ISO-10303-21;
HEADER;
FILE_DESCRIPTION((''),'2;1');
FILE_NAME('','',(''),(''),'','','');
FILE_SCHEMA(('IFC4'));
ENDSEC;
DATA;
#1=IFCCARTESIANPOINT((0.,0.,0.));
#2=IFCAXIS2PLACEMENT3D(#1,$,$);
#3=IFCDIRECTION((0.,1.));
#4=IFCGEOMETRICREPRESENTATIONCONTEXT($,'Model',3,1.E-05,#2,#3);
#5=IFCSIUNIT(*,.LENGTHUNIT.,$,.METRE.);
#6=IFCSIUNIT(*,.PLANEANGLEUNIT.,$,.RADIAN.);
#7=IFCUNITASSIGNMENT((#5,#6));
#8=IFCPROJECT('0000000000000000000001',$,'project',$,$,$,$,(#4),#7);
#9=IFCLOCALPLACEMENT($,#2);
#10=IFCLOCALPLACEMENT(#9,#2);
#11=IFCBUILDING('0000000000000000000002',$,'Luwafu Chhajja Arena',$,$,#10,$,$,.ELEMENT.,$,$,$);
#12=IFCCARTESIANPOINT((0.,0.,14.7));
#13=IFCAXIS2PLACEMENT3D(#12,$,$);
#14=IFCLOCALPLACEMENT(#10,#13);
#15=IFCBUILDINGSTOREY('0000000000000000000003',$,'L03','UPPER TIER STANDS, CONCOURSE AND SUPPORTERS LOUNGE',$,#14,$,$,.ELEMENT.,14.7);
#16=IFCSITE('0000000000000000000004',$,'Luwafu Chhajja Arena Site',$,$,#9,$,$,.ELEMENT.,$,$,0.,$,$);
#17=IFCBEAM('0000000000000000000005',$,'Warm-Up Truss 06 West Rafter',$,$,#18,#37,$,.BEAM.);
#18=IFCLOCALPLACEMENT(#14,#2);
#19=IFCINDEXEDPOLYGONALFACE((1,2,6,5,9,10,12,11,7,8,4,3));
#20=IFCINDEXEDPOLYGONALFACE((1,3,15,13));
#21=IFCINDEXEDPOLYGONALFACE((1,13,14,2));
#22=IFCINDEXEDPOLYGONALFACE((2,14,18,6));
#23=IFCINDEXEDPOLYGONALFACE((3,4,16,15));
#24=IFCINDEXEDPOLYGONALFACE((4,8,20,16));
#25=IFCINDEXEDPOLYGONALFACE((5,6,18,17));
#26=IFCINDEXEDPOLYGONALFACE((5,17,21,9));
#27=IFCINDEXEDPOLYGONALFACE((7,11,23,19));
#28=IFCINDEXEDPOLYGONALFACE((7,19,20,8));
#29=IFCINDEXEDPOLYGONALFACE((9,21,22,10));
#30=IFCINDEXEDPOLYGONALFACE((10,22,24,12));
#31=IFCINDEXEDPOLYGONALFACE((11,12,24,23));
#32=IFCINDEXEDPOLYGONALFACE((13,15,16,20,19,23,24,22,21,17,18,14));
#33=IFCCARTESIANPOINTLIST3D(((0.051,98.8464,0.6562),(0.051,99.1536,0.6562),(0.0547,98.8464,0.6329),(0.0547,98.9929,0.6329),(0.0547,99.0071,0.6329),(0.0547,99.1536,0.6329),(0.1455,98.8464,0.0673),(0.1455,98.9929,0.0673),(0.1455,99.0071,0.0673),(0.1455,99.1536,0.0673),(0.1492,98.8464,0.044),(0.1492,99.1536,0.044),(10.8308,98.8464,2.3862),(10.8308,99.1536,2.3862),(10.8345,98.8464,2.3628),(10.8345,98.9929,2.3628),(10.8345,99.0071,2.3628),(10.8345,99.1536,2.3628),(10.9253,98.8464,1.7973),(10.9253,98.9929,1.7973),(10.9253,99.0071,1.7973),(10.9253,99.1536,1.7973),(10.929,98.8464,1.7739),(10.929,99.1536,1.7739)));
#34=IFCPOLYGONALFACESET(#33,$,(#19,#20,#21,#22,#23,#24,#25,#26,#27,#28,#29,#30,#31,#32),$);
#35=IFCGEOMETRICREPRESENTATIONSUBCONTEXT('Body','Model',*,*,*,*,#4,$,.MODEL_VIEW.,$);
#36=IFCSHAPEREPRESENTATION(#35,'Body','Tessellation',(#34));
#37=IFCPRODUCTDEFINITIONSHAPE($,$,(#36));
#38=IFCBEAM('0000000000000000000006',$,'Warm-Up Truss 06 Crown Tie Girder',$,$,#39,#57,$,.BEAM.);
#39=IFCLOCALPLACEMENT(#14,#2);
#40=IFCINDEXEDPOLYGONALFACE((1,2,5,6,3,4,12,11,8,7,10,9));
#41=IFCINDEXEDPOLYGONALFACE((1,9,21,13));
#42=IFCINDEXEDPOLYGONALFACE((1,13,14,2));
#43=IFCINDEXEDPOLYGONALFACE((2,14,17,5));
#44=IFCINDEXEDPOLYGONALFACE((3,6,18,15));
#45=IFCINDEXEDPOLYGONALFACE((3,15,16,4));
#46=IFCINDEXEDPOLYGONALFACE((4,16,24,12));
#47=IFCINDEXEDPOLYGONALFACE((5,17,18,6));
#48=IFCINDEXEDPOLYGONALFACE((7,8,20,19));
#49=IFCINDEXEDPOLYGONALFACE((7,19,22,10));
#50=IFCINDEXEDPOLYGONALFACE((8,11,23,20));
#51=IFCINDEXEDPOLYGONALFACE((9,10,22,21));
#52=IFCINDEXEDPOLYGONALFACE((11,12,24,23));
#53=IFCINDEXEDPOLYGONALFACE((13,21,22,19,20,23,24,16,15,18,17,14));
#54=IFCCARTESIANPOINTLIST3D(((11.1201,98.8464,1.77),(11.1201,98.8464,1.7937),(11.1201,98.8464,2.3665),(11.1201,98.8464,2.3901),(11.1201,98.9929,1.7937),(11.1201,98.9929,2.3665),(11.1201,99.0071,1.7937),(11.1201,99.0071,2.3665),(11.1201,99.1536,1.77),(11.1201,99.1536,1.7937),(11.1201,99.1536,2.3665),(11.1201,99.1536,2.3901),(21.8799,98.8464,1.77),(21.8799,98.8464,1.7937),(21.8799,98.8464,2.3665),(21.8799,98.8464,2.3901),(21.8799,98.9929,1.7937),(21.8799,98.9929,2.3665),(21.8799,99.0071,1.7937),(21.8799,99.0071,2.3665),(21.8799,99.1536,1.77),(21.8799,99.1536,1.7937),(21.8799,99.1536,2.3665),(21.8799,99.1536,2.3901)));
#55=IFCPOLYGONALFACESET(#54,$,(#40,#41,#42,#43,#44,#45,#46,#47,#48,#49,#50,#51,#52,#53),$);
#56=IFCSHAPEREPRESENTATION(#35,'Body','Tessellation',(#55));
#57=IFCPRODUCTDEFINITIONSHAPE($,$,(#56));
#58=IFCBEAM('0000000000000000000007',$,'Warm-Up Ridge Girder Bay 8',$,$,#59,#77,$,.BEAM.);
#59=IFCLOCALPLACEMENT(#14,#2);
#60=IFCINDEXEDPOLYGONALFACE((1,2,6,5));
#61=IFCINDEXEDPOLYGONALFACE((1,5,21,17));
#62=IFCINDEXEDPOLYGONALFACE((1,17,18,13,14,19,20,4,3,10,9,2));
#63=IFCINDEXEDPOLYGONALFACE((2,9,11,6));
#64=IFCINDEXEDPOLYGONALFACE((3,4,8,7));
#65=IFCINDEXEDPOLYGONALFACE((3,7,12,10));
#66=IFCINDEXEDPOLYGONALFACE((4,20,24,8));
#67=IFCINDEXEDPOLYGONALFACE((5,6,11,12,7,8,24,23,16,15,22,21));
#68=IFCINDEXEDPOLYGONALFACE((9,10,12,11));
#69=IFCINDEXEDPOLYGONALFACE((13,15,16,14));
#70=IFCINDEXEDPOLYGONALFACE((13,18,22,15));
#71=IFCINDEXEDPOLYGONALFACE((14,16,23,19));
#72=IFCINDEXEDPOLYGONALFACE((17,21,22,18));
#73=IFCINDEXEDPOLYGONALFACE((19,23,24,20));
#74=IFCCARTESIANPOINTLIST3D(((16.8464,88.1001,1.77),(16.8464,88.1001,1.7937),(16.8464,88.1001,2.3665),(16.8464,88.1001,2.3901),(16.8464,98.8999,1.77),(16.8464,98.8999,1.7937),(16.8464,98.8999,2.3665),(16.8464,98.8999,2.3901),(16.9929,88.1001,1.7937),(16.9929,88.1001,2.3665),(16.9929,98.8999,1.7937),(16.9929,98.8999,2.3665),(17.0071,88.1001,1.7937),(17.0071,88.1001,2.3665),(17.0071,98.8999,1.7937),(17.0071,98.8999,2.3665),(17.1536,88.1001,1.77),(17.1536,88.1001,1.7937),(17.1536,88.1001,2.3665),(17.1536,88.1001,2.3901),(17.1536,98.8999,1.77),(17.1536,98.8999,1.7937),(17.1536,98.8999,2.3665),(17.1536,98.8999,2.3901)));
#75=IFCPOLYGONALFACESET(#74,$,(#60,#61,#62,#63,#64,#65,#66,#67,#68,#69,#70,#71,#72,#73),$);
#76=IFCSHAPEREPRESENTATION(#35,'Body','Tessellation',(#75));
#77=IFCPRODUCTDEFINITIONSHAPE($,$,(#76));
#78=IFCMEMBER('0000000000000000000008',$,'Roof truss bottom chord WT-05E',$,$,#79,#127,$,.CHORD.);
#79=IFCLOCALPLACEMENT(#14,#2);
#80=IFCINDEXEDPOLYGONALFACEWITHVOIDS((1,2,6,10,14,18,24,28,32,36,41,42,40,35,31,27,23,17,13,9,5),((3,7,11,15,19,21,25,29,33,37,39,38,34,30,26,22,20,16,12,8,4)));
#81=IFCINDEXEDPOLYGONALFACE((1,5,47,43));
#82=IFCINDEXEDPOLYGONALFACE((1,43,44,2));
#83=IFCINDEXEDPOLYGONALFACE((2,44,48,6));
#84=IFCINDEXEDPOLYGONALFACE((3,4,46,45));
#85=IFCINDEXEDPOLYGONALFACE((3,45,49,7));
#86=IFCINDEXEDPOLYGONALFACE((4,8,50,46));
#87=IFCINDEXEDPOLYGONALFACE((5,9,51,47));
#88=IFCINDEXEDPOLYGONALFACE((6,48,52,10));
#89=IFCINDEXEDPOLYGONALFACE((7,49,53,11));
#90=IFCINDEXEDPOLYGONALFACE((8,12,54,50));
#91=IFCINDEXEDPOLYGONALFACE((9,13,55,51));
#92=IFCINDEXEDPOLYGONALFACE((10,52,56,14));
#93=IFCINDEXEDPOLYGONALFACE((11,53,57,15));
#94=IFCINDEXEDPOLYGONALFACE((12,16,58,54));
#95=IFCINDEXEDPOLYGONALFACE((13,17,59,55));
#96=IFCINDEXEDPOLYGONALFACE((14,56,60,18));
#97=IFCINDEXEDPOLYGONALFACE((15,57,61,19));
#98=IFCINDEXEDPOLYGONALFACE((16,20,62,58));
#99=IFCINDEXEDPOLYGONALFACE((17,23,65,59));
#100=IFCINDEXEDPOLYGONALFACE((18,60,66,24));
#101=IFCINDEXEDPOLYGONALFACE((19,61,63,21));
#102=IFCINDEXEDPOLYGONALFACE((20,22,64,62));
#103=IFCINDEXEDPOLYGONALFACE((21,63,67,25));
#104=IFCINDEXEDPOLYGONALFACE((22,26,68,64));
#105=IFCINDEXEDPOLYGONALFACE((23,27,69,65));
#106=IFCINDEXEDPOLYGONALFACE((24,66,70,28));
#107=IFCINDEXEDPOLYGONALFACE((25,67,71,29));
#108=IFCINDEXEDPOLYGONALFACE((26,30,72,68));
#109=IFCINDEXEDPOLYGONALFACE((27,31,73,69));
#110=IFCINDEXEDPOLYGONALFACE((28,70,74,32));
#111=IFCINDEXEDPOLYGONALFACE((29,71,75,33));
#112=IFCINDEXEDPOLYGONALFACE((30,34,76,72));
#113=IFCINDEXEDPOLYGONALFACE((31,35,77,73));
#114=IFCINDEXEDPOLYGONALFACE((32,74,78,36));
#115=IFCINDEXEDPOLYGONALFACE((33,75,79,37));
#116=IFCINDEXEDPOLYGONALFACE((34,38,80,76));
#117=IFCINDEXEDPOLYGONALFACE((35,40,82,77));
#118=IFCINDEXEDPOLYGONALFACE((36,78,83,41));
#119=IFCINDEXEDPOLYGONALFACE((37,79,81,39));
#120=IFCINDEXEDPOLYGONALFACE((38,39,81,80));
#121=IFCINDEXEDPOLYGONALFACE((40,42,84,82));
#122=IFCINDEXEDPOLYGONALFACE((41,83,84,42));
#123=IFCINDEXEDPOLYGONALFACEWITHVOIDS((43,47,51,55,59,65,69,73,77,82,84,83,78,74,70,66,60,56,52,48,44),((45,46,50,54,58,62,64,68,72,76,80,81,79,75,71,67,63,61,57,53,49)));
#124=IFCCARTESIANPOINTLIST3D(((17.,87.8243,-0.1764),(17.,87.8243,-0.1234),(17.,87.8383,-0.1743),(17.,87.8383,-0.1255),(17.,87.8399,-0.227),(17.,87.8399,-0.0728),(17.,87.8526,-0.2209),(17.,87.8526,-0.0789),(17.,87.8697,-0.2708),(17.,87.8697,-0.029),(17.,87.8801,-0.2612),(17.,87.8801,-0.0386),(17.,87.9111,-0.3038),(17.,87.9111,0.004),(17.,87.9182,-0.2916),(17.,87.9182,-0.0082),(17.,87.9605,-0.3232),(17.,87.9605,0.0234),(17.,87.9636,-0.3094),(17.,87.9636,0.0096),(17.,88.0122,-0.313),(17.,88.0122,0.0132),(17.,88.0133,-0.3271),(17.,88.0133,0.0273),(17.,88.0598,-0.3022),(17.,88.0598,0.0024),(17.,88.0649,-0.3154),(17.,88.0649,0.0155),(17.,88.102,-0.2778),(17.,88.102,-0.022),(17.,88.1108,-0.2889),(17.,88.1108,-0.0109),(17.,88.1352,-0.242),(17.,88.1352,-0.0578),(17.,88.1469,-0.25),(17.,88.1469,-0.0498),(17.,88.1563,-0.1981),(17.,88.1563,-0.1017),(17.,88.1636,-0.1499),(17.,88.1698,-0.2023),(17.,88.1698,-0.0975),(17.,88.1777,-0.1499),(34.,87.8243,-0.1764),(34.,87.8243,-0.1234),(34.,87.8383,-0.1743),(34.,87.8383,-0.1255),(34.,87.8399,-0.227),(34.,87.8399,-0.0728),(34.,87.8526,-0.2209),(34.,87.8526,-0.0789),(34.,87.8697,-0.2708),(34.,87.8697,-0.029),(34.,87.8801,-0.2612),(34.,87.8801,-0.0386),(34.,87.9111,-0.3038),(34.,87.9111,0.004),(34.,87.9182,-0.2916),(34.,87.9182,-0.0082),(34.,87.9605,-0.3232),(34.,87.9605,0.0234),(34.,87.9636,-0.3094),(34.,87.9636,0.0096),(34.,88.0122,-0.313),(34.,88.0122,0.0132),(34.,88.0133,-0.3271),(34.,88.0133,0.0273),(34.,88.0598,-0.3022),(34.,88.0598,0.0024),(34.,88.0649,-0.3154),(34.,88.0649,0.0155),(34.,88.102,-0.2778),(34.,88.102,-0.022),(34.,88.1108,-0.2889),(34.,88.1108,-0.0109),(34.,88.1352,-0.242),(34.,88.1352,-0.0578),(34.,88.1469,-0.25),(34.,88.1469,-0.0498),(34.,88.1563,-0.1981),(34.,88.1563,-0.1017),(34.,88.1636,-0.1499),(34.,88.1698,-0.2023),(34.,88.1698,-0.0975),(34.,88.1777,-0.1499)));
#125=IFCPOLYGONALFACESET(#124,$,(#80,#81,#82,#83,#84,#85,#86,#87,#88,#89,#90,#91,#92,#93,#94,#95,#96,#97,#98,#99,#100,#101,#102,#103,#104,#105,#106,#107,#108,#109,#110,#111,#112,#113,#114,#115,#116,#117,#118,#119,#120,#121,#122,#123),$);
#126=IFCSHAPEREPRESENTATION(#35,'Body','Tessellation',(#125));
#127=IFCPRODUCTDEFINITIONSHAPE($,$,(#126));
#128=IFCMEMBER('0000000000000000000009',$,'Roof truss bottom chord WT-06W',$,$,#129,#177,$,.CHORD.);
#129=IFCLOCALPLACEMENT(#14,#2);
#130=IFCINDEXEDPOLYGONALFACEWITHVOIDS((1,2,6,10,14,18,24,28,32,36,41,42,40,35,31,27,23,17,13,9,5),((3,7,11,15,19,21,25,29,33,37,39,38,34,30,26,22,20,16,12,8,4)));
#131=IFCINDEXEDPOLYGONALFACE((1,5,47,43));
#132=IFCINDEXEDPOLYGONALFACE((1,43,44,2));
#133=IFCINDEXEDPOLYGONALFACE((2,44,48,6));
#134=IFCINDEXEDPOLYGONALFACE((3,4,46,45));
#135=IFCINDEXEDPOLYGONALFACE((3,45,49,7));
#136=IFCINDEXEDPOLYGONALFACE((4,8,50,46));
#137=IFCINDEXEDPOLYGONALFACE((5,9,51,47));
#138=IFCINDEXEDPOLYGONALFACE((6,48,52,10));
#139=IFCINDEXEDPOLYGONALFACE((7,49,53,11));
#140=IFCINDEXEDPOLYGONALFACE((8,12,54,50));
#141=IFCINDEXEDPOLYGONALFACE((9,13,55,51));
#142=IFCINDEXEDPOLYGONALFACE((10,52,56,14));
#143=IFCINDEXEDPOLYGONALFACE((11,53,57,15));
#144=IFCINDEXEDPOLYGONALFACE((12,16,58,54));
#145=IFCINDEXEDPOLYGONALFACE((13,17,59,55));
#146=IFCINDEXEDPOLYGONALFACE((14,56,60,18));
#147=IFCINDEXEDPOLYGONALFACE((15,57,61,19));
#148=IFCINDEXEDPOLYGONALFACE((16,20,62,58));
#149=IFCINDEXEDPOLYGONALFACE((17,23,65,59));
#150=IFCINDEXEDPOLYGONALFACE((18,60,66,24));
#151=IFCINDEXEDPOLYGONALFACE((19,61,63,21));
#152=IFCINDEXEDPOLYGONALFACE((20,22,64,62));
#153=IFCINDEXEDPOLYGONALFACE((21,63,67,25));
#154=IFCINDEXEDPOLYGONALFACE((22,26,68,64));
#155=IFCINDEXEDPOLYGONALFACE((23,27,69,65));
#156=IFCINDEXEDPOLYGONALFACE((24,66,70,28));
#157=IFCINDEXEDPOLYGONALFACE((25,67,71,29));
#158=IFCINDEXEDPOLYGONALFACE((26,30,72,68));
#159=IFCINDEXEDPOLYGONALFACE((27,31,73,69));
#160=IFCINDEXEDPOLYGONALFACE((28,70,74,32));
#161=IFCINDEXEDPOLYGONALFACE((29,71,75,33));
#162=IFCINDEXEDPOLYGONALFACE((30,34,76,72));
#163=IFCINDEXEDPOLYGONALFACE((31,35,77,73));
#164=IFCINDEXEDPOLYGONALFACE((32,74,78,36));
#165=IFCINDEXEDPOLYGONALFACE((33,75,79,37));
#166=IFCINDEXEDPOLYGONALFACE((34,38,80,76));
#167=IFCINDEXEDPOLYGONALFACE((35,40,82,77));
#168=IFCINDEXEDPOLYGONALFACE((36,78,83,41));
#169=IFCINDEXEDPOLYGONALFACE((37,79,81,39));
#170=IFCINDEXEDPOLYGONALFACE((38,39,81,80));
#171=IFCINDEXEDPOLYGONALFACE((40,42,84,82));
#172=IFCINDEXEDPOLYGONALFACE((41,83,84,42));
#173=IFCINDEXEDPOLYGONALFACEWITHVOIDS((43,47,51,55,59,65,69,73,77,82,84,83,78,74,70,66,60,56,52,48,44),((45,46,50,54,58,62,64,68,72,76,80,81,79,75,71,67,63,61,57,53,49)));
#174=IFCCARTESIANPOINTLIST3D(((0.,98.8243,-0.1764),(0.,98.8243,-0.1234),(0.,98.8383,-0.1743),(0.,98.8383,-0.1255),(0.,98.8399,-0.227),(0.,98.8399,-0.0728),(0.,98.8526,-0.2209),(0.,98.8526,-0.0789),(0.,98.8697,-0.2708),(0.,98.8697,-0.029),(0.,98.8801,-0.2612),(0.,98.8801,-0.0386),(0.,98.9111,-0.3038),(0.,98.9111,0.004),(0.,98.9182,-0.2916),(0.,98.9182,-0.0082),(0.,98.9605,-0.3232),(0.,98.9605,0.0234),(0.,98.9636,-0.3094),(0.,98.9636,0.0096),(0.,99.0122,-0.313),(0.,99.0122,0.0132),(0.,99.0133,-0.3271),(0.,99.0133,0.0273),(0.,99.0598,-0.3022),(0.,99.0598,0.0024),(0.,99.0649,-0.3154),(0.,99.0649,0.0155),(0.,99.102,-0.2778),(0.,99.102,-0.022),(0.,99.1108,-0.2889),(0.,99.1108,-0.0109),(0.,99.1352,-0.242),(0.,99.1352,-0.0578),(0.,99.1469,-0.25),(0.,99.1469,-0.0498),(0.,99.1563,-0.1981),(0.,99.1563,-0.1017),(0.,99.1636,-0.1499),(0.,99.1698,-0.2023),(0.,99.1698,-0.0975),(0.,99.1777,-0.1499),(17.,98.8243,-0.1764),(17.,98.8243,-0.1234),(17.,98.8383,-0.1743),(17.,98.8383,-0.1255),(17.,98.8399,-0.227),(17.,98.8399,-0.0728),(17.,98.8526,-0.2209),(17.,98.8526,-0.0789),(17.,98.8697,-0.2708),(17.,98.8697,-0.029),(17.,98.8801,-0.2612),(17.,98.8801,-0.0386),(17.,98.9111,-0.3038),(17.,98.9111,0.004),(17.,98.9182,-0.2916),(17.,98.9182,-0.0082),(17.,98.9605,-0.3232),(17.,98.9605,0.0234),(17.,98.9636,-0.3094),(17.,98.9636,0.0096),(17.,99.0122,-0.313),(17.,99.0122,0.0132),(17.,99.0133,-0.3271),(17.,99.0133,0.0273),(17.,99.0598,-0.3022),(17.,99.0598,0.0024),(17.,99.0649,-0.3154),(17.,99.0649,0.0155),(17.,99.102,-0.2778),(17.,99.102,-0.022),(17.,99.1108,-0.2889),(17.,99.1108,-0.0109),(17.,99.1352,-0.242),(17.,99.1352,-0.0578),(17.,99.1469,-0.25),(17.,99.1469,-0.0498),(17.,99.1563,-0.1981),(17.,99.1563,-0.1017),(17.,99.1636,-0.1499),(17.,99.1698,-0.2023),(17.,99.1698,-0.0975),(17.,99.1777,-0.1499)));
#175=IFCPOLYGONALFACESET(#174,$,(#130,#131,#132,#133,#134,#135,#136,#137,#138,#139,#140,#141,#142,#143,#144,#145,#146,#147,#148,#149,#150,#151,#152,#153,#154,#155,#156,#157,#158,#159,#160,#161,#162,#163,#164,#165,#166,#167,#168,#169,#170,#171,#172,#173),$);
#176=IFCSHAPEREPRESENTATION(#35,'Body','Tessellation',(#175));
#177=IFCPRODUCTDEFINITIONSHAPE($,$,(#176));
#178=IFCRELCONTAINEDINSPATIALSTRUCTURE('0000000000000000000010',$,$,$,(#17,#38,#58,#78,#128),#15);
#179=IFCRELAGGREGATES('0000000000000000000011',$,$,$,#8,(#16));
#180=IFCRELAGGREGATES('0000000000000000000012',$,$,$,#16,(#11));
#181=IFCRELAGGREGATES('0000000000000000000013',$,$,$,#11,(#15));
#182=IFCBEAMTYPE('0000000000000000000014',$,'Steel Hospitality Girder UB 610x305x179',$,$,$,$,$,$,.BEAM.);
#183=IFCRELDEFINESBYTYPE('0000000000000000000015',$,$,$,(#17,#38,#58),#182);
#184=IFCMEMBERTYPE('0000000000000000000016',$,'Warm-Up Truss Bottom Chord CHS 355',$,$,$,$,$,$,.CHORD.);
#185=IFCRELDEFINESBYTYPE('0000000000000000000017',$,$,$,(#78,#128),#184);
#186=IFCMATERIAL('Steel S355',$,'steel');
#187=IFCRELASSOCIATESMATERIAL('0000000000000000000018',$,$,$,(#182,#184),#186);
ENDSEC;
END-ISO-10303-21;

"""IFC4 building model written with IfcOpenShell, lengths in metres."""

from ifc_helpers import new_model, si_unit, direction, frame, origin, origin_2d, place, context, subcontext, project, spatial, hollow_circle, i_section, extrude, material, material_profile, profile_set, type_object, element, save


model = new_model("IFC4")

# Units and contexts
model_context = context("Model", 3, precision=1e-05, world=origin(), true_north=direction((0.0, 1.0)))
body_context = subcontext(model_context, "Body", "Model", "MODEL_VIEW")
ifc_project = project(units=[si_unit("LENGTHUNIT", "METRE"), si_unit("PLANEANGLEUNIT", "RADIAN")], contexts=[model_context])

# Site, building, storey
site_placement = place(None, origin())
site = spatial("IfcSite", under=ifc_project, at=site_placement, Name="Luwafu Chhajja Arena Site", CompositionType="ELEMENT", RefElevation=0.0)
building_placement = place(site_placement, origin())
building = spatial("IfcBuilding", under=site, at=building_placement, Name="Luwafu Chhajja Arena", CompositionType="ELEMENT")
storey_placement = place(building_placement, frame((0.0, 0.0, 14.7)))
storey = spatial("IfcBuildingStorey", under=building, at=storey_placement, Name="L03", Description="UPPER TIER STANDS, CONCOURSE AND SUPPORTERS LOUNGE", CompositionType="ELEMENT", Elevation=14.7)

# Shared definitions
ifc_material_1 = material(Name="Steel S355", Category="steel")

# Beams
ifc_material_profile_1 = material_profile(ifc_material_1, i_section(OverallWidth=0.3071, OverallDepth=0.6201, WebThickness=0.0142, FlangeThickness=0.0237, at=origin_2d()), Name="UB 610x305x179")
ifc_profile_set_1 = profile_set([ifc_material_profile_1], Name="Steel S355")
beam_type_1 = type_object("IfcBeamType", Name="Steel Hospitality Girder UB 610x305x179", PredefinedType="BEAM", material=ifc_profile_set_1)
beam_1_placement = place(storey_placement, frame((0.1001, 99.0, 0.3501), z_axis=(0.987366, 0.0, 0.158456), x_axis=(0.0, 1.0, 0.0)))
element("IfcBeam", 1, at=beam_1_placement, inside=storey, type_object=beam_type_1, Name="Warm-Up Truss 06 West Rafter", PredefinedType="BEAM", context=body_context, shape_type="SweptSolid", body=[
    extrude(i_section(OverallWidth=0.3071, OverallDepth=0.6201, WebThickness=0.0142, FlangeThickness=0.0237, at=origin_2d()), origin(), (0.0, 0.0, 1.0), 10.9177),
])
beam_2_placement = place(storey_placement, frame((11.1201, 99.0, 2.0801), z_axis=(1.0, 0.0, 0.0), x_axis=(0.0, 1.0, 0.0)))
element("IfcBeam", 2, at=beam_2_placement, inside=storey, type_object=beam_type_1, Name="Warm-Up Truss 06 Crown Tie Girder", PredefinedType="BEAM", context=body_context, shape_type="SweptSolid", body=[
    extrude(i_section(OverallWidth=0.3071, OverallDepth=0.6201, WebThickness=0.0142, FlangeThickness=0.0237, at=origin_2d()), origin(), (0.0, 0.0, 1.0), 10.7598),
])
beam_3_placement = place(storey_placement, frame((17.0, 88.1001, 2.0801), z_axis=(0.0, 1.0, 0.0), x_axis=(-1.0, 0.0, 0.0)))
element("IfcBeam", 3, at=beam_3_placement, inside=storey, type_object=beam_type_1, Name="Warm-Up Ridge Girder Bay 8", PredefinedType="BEAM", context=body_context, shape_type="SweptSolid", body=[
    extrude(i_section(OverallWidth=0.3071, OverallDepth=0.6201, WebThickness=0.0142, FlangeThickness=0.0237, at=origin_2d()), origin(), (0.0, 0.0, 1.0), 10.7998),
])

# Members
ifc_material_profile_2 = material_profile(ifc_material_1, hollow_circle(Radius=0.1777, WallThickness=0.0142, at=origin_2d()), Name="CHS 355.6x14.2")
ifc_profile_set_2 = profile_set([ifc_material_profile_2], Name="Steel S355")
member_type_1 = type_object("IfcMemberType", Name="Warm-Up Truss Bottom Chord CHS 355", PredefinedType="CHORD", material=ifc_profile_set_2)
for number, where, z_axis, x_axis, name in (
    (4, (17.0, 88.0, -0.1499), (1.0, 0.0, 0.0), (0.0, 1.0, 0.0), "Roof truss bottom chord WT-05E"),
    (5, (0.0, 99.0, -0.1499), (1.0, 0.0, 0.0), (0.0, 1.0, 0.0), "Roof truss bottom chord WT-06W"),
):
    element("IfcMember", number, at=place(storey_placement, frame(where, z_axis=z_axis, x_axis=x_axis)), inside=storey, type_object=member_type_1, Name=name, PredefinedType="CHORD", context=body_context, shape_type="SweptSolid", body=[
        extrude(hollow_circle(Radius=0.1777, WallThickness=0.0142, at=origin_2d()), origin(), (0.0, 0.0, 1.0), 17.0),
    ])

save(model, "model.ifc")
